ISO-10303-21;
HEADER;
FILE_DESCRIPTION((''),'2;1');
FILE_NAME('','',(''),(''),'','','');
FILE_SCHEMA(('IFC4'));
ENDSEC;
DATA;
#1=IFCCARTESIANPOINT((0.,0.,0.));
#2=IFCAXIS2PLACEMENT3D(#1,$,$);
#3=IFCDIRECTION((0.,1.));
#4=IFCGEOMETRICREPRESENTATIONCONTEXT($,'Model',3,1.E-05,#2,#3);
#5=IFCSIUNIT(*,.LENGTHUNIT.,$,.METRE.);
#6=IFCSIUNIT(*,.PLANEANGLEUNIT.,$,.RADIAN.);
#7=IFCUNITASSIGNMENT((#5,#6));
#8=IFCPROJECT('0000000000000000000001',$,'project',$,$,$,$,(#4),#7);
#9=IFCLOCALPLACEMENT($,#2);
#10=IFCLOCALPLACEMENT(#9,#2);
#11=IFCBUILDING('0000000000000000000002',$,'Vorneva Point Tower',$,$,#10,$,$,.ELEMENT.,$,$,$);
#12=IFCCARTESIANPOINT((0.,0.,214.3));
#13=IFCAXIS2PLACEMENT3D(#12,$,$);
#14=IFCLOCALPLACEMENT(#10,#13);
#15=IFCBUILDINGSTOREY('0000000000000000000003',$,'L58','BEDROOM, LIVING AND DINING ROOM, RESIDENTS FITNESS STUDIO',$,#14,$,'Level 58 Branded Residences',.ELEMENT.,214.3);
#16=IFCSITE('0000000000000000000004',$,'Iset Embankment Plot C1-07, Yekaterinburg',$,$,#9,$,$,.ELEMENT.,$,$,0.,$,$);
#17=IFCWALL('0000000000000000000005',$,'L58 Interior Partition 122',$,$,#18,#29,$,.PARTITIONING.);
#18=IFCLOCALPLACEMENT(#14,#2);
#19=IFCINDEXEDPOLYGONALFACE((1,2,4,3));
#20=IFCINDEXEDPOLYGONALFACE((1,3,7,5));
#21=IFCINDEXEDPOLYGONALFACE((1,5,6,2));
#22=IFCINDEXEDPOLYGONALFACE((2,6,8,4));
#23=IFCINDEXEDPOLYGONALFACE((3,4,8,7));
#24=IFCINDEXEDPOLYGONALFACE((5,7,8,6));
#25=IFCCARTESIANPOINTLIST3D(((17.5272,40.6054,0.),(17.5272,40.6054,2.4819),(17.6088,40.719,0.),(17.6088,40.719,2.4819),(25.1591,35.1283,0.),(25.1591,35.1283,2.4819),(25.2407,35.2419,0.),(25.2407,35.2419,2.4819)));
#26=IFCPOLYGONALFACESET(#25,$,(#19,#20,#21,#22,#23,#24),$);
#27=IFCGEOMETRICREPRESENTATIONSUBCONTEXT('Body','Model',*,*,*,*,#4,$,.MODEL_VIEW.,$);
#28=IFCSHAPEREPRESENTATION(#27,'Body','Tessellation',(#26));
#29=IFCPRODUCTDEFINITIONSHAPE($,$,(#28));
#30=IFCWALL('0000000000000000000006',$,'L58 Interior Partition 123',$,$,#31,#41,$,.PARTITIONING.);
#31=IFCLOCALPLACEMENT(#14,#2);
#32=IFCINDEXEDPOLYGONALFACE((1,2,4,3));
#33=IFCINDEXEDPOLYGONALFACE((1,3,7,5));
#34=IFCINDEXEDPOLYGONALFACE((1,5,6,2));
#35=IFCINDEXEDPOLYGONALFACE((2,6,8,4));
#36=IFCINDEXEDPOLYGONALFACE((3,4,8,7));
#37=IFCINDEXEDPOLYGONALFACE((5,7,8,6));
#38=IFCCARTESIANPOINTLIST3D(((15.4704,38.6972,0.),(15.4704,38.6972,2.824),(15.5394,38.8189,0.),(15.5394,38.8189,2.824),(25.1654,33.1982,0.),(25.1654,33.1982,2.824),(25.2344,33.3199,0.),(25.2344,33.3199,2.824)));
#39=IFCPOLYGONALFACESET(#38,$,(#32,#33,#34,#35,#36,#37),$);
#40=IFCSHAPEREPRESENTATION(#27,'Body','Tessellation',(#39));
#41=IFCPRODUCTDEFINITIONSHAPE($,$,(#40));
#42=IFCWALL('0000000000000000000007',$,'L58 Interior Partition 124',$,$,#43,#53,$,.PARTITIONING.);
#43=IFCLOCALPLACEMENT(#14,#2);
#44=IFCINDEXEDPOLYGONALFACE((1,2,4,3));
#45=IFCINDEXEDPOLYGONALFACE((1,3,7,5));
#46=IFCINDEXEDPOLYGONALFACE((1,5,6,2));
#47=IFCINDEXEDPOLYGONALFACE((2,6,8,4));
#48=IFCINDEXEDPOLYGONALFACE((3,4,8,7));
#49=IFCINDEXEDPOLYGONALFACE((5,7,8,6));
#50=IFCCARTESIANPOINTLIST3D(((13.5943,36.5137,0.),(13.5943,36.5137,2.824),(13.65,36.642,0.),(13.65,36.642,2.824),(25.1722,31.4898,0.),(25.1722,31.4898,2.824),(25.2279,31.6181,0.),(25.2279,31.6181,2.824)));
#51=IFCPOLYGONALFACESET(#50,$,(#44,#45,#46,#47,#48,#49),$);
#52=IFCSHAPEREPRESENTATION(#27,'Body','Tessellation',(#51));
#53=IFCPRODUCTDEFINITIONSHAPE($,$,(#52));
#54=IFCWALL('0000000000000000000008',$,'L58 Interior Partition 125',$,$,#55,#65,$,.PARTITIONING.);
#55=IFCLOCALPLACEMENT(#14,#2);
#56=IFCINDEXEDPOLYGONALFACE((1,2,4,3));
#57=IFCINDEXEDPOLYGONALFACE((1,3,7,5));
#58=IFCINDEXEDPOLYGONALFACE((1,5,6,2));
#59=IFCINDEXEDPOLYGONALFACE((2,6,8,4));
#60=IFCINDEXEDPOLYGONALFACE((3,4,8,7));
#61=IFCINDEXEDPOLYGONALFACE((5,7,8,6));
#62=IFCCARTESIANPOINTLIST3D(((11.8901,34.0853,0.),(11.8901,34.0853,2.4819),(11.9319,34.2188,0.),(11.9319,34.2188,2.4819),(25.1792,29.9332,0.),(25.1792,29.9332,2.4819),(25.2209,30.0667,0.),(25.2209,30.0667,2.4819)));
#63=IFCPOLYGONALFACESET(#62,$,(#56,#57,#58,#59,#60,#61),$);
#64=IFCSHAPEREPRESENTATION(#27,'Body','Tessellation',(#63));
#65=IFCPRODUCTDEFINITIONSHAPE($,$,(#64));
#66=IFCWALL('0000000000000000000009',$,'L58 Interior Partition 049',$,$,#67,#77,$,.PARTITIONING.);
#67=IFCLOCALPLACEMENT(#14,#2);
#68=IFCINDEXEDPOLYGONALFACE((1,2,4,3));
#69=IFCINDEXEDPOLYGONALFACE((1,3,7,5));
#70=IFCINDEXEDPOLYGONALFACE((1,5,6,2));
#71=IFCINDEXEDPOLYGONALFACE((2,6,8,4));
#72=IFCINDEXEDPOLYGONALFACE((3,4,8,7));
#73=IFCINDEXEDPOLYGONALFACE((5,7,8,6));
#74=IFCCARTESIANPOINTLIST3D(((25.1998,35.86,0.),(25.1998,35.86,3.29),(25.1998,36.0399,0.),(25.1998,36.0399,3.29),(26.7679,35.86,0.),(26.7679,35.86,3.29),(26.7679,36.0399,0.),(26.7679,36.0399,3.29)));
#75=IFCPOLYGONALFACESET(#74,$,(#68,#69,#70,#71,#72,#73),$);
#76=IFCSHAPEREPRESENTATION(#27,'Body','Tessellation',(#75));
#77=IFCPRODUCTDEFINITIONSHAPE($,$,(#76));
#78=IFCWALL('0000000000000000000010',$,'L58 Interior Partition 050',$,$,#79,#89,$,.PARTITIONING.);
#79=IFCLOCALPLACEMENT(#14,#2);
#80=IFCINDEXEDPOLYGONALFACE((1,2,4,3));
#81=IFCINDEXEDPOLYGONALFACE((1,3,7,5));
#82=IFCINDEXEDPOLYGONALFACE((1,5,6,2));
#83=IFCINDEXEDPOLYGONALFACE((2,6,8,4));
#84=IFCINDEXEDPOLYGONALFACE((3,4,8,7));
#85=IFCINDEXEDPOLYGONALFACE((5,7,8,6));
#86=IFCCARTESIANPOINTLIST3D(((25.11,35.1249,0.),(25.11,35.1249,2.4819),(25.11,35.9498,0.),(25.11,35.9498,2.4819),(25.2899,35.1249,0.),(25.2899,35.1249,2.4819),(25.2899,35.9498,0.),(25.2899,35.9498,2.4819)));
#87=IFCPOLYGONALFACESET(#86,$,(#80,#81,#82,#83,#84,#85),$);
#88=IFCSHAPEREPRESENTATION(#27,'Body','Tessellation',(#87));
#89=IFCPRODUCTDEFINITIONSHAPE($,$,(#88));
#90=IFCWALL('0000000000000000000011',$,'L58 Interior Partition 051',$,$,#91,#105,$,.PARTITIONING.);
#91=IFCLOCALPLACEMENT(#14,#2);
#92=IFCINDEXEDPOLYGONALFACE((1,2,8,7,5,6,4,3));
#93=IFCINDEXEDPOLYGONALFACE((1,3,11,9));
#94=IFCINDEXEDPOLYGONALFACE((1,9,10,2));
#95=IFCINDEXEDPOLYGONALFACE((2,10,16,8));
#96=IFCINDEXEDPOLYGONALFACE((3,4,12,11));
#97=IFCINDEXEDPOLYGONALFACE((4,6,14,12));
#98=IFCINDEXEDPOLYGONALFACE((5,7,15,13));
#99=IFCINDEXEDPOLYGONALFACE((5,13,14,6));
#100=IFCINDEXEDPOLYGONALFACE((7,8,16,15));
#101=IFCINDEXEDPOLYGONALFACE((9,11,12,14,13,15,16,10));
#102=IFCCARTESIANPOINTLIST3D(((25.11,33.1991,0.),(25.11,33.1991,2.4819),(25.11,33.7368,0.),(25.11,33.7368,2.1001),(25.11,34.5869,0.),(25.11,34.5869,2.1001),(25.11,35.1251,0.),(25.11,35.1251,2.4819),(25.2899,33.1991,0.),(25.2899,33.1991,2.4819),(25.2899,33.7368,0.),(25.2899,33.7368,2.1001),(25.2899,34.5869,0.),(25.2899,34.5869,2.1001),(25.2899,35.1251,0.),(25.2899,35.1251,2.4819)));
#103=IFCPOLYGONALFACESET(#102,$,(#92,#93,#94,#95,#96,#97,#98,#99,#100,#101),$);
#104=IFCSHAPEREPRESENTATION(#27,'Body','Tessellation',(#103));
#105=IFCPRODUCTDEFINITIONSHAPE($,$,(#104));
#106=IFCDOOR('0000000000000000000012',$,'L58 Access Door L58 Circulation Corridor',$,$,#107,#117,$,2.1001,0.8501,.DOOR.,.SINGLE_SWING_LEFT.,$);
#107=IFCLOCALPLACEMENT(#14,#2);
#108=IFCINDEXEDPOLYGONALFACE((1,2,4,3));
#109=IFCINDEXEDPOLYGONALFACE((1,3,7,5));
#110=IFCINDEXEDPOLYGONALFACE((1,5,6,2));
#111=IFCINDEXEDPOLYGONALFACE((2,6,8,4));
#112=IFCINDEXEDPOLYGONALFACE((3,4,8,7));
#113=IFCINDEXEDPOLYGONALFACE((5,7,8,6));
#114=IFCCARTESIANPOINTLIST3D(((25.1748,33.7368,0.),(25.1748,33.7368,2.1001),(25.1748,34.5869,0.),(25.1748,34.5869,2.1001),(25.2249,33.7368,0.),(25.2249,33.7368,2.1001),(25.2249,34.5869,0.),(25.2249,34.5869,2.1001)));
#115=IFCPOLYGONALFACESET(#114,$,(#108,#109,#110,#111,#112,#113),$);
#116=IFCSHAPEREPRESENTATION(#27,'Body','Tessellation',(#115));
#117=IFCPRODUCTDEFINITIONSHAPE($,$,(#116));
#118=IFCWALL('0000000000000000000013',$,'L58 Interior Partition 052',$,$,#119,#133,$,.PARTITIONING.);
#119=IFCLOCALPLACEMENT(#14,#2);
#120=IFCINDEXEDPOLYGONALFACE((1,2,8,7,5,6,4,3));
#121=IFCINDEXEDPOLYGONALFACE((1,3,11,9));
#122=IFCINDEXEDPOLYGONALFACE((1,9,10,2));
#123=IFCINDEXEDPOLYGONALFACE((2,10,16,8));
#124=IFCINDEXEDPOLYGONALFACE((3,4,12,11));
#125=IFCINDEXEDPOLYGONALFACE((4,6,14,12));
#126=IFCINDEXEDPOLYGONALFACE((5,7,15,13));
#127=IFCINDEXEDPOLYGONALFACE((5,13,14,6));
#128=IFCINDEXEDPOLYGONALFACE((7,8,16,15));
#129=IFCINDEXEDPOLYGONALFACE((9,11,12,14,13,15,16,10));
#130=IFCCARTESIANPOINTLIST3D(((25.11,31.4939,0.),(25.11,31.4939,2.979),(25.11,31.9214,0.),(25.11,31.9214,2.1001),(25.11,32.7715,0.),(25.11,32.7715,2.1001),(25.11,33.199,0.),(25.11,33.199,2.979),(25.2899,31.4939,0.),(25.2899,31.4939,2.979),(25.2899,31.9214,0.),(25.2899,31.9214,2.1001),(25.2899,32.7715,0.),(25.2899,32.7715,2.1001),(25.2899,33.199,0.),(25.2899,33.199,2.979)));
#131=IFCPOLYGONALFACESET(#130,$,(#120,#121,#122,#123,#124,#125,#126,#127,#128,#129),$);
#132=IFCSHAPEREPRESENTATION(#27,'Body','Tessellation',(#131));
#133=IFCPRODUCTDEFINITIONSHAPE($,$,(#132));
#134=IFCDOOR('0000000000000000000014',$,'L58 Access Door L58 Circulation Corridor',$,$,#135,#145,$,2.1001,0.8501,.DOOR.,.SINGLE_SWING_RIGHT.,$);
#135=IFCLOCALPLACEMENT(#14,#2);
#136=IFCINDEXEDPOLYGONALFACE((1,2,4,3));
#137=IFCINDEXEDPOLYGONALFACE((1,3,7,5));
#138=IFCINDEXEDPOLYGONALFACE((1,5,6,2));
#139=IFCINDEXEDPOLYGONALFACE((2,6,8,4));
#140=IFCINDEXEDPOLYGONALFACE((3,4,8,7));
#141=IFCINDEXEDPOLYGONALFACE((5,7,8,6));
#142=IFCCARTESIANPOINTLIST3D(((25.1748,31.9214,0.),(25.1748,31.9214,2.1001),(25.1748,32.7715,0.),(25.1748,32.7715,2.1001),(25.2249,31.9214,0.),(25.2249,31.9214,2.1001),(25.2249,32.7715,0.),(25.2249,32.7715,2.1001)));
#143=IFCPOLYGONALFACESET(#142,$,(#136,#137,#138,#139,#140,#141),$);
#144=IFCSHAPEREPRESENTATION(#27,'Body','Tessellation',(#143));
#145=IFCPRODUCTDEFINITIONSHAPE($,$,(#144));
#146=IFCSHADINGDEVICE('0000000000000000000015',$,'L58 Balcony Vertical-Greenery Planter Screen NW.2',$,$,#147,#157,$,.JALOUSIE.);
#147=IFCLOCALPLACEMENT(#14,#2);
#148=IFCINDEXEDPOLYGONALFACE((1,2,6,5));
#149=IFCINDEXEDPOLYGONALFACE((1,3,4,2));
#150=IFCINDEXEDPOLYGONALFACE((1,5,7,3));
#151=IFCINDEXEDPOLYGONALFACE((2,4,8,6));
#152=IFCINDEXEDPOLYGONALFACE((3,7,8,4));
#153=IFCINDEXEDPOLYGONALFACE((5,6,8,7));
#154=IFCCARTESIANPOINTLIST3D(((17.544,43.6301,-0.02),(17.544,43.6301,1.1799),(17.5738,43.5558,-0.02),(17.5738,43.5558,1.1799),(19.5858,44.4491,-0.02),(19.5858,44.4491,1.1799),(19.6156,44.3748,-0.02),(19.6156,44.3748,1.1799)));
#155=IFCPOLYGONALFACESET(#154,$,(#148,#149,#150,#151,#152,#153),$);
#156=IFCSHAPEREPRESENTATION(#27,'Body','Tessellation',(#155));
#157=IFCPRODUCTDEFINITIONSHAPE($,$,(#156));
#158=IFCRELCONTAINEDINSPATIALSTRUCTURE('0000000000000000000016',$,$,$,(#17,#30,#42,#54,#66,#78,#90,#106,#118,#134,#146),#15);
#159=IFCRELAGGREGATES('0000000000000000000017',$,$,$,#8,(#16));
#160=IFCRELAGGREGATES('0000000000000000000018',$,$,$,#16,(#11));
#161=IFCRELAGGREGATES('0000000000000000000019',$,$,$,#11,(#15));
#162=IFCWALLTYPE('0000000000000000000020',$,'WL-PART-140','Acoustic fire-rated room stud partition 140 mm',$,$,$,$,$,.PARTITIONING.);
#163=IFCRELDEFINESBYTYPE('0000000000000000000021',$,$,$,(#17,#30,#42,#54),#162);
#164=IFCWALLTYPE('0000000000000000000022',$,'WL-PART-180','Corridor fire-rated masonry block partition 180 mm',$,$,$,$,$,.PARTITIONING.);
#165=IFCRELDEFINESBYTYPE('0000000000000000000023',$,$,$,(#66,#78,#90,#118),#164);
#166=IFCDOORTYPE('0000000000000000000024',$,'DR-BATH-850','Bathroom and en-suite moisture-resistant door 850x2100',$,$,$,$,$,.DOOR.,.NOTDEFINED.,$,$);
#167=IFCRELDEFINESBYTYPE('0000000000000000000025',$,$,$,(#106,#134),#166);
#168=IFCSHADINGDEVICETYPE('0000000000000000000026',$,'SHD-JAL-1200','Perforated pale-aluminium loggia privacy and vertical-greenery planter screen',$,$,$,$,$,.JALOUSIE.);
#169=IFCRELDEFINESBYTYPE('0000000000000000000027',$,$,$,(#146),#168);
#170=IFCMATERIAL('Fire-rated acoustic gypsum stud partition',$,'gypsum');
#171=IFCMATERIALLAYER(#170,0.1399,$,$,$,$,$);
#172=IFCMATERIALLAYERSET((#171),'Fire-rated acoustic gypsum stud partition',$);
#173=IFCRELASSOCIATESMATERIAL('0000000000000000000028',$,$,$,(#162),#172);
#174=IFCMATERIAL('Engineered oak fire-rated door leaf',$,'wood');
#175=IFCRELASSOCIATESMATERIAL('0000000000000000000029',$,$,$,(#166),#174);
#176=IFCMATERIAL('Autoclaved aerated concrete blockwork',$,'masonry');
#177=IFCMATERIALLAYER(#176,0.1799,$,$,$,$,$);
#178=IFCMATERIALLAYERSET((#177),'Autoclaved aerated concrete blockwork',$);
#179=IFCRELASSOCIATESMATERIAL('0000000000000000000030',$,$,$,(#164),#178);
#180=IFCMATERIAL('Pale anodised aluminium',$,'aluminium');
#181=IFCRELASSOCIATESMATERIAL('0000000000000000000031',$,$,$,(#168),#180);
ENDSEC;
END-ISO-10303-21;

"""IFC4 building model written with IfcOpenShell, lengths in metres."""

from ifc_helpers import new_model, si_unit, direction, frame, frame_2d, origin, origin_2d, place, context, subcontext, project, spatial, rectangle, extrude, material, layer, layer_set, type_object, element, fill, save


model = new_model("IFC4")

# Units and contexts
model_context = context("Model", 3, precision=1e-05, world=origin(), true_north=direction((0.0, 1.0)))
body_context = subcontext(model_context, "Body", "Model", "MODEL_VIEW")
ifc_project = project(units=[si_unit("LENGTHUNIT", "METRE"), si_unit("PLANEANGLEUNIT", "RADIAN")], contexts=[model_context])

# Site, building, storey
site_placement = place(None, origin())
site = spatial("IfcSite", under=ifc_project, at=site_placement, Name="Iset Embankment Plot C1-07, Yekaterinburg", CompositionType="ELEMENT", RefElevation=0.0)
building_placement = place(site_placement, origin())
building = spatial("IfcBuilding", under=site, at=building_placement, Name="Vorneva Point Tower", CompositionType="ELEMENT")
storey_placement = place(building_placement, frame((0.0, 0.0, 214.3)))
storey = spatial("IfcBuildingStorey", under=building, at=storey_placement, Name="L58", Description="BEDROOM, LIVING AND DINING ROOM, RESIDENTS FITNESS STUDIO", LongName="Level 58 Branded Residences", CompositionType="ELEMENT", Elevation=214.3)

# Shared definitions
ifc_material_1 = material(Name="Pale anodised aluminium", Category="aluminium")

# Shared definitions
ifc_material_2 = material(Name="Fire-rated acoustic gypsum stud partition", Category="gypsum")
ifc_layer_1 = layer(ifc_material_2, 0.1399)
ifc_layer_set_1 = layer_set([ifc_layer_1], Name="Fire-rated acoustic gypsum stud partition")
wall_type_1 = type_object("IfcWallType", Name="WL-PART-140", Description="Acoustic fire-rated room stud partition 140 mm", PredefinedType="PARTITIONING", material=ifc_layer_set_1)

# Shared definitions
ifc_material_3 = material(Name="Engineered oak fire-rated door leaf", Category="wood")
door_type = type_object("IfcDoorType", Name="DR-BATH-850", Description="Bathroom and en-suite moisture-resistant door 850x2100", OperationType="NOTDEFINED", PredefinedType="DOOR", material=ifc_material_3)

# Walls
wall_1_placement = place(storey_placement, frame((17.5681, 40.6621, 0.0), z_axis=(0.0, 0.0, 1.0), x_axis=(0.812435, -0.583051, 0.0)))
element("IfcWall", 1, at=wall_1_placement, inside=storey, type_object=wall_type_1, Name="L58 Interior Partition 122", PredefinedType="PARTITIONING", context=body_context, shape_type="SweptSolid", body=[
    extrude(rectangle(XDim=9.3938, YDim=0.1399, at=frame_2d((4.6968, 0.0))), origin(), (0.0, 0.0, 1.0), 2.4819),
])
wall_2_placement = place(storey_placement, frame((15.5049, 38.7581, 0.0), z_axis=(0.0, 0.0, 1.0), x_axis=(0.869824, -0.493362, 0.0)))
element("IfcWall", 2, at=wall_2_placement, inside=storey, type_object=wall_type_1, Name="L58 Interior Partition 123", PredefinedType="PARTITIONING", context=body_context, shape_type="SweptSolid", body=[
    extrude(rectangle(XDim=11.146, YDim=0.1399, at=frame_2d((5.573, 0.0))), origin(), (0.0, 0.0, 1.0), 2.824),
])
wall_3_placement = place(storey_placement, frame((13.6221, 36.5779, 0.0), z_axis=(0.0, 0.0, 1.0), x_axis=(0.917358, -0.398064, 0.0)))
element("IfcWall", 3, at=wall_3_placement, inside=storey, type_object=wall_type_1, Name="L58 Interior Partition 124", PredefinedType="PARTITIONING", context=body_context, shape_type="SweptSolid", body=[
    extrude(rectangle(XDim=12.6208, YDim=0.1399, at=frame_2d((6.3105, 0.0))), origin(), (0.0, 0.0, 1.0), 2.824),
])
wall_4_placement = place(storey_placement, frame((11.9109, 34.1521, 0.0), z_axis=(0.0, 0.0, 1.0), x_axis=(0.954495, -0.298227, 0.0)))
element("IfcWall", 4, at=wall_4_placement, inside=storey, type_object=wall_type_1, Name="L58 Interior Partition 125", PredefinedType="PARTITIONING", context=body_context, shape_type="SweptSolid", body=[
    extrude(rectangle(XDim=13.9226, YDim=0.1399, at=frame_2d((6.9614, 0.0))), origin(), (0.0, 0.0, 1.0), 2.4819),
])
ifc_material_4 = material(Name="Autoclaved aerated concrete blockwork", Category="masonry")
ifc_layer_2 = layer(ifc_material_4, 0.1799)
ifc_layer_set_2 = layer_set([ifc_layer_2], Name="Autoclaved aerated concrete blockwork")
wall_type_2 = type_object("IfcWallType", Name="WL-PART-180", Description="Corridor fire-rated masonry block partition 180 mm", PredefinedType="PARTITIONING", material=ifc_layer_set_2)
wall_5_placement = place(storey_placement, frame((26.7681, 35.95, 0.0), z_axis=(0.0, 0.0, 1.0), x_axis=(-1.0, 0.0, 0.0)))
element("IfcWall", 5, at=wall_5_placement, inside=storey, type_object=wall_type_2, Name="L58 Interior Partition 049", PredefinedType="PARTITIONING", context=body_context, shape_type="SweptSolid", body=[
    extrude(rectangle(XDim=1.5681, YDim=0.1799, at=frame_2d((0.7842, 0.0))), origin(), (0.0, 0.0, 1.0), 3.29),
])
wall_6_placement = place(storey_placement, frame((25.2, 35.95, 0.0), z_axis=(0.0, 0.0, 1.0), x_axis=(0.0, -1.0, 0.0)))
element("IfcWall", 6, at=wall_6_placement, inside=storey, type_object=wall_type_2, Name="L58 Interior Partition 050", PredefinedType="PARTITIONING", context=body_context, shape_type="SweptSolid", body=[
    extrude(rectangle(XDim=0.825, YDim=0.1799, at=frame_2d((0.4126, 0.0))), origin(), (0.0, 0.0, 1.0), 2.4819),
])

# Walls, openings, doors
wall_7_placement = place(storey_placement, frame((25.2, 35.125, 0.0), z_axis=(0.0, 0.0, 1.0), x_axis=(0.0, -1.0, 0.0)))
wall_7 = element("IfcWall", 7, at=wall_7_placement, inside=storey, type_object=wall_type_2, Name="L58 Interior Partition 051", PredefinedType="PARTITIONING", context=body_context, shape_type="SweptSolid", body=[
    extrude(rectangle(XDim=1.926, YDim=0.1799, at=frame_2d((0.9629, 0.0))), origin(), (0.0, 0.0, 1.0), 2.4819),
])
opening_1_placement = place(wall_7_placement, frame((0.5381, 0.0, 0.0)))
opening_1 = element("IfcOpeningElement", 8, at=opening_1_placement, cuts=wall_7, PredefinedType="OPENING", context=body_context, shape_type="SweptSolid", body=[
    extrude(rectangle(XDim=0.8501, YDim=2.1001, at=frame_2d((0.425, 1.05))), frame((0.0, 0.105, 0.0), z_axis=(0.0, -1.0, 0.0), x_axis=(1.0, 0.0, 0.0)), (0.0, 0.0, 1.0), 0.2097),
])
door_1_placement = place(opening_1_placement, origin())
door_1 = element("IfcDoor", 9, at=door_1_placement, inside=storey, type_object=door_type, Name="L58 Access Door L58 Circulation Corridor", OperationType="SINGLE_SWING_LEFT", OverallHeight=2.1001, OverallWidth=0.8501, PredefinedType="DOOR", context=body_context, shape_type="SweptSolid", body=[
    extrude(rectangle(XDim=0.8501, YDim=2.1001, at=frame_2d((0.425, 1.05))), frame((0.0, 0.0249, 0.0), z_axis=(0.0, -1.0, 0.0), x_axis=(1.0, 0.0, 0.0)), (0.0, 0.0, 1.0), 0.05),
])
fill(opening_1, door_1)
wall_8_placement = place(storey_placement, frame((25.2, 33.199, 0.0), z_axis=(0.0, 0.0, 1.0), x_axis=(0.0, -1.0, 0.0)))
wall_8 = element("IfcWall", 10, at=wall_8_placement, inside=storey, type_object=wall_type_2, Name="L58 Interior Partition 052", PredefinedType="PARTITIONING", context=body_context, shape_type="SweptSolid", body=[
    extrude(rectangle(XDim=1.7051, YDim=0.1799, at=frame_2d((0.8525, 0.0))), origin(), (0.0, 0.0, 1.0), 2.979),
])
opening_2_placement = place(wall_8_placement, frame((0.4275, 0.0, 0.0)))
opening_2 = element("IfcOpeningElement", 11, at=opening_2_placement, cuts=wall_8, PredefinedType="OPENING", context=body_context, shape_type="SweptSolid", body=[
    extrude(rectangle(XDim=0.8501, YDim=2.1001, at=frame_2d((0.425, 1.05))), frame((0.0, 0.105, 0.0), z_axis=(0.0, -1.0, 0.0), x_axis=(1.0, 0.0, 0.0)), (0.0, 0.0, 1.0), 0.2097),
])
door_2_placement = place(opening_2_placement, origin())
door_2 = element("IfcDoor", 12, at=door_2_placement, inside=storey, type_object=door_type, Name="L58 Access Door L58 Circulation Corridor", OperationType="SINGLE_SWING_RIGHT", OverallHeight=2.1001, OverallWidth=0.8501, PredefinedType="DOOR", context=body_context, shape_type="SweptSolid", body=[
    extrude(rectangle(XDim=0.8501, YDim=2.1001, at=frame_2d((0.425, 1.05))), frame((0.0, 0.0249, 0.0), z_axis=(0.0, -1.0, 0.0), x_axis=(1.0, 0.0, 0.0)), (0.0, 0.0, 1.0), 0.05),
])
fill(opening_2, door_2)

# Shading device
shading_device_type = type_object("IfcShadingDeviceType", Name="SHD-JAL-1200", Description="Perforated pale-aluminium loggia privacy and vertical-greenery planter screen", PredefinedType="JALOUSIE", material=ifc_material_1)
shading_device_placement = place(storey_placement, frame((18.5798, 44.0024, -0.02), z_axis=(0.0, 0.0, 1.0), x_axis=(-0.928109, -0.372308, 0.0)))
element("IfcShadingDevice", 13, at=shading_device_placement, inside=storey, type_object=shading_device_type, Name="L58 Balcony Vertical-Greenery Planter Screen NW.2", PredefinedType="JALOUSIE", context=body_context, shape_type="SweptSolid", body=[
    extrude(rectangle(XDim=2.2, YDim=0.0801, at=origin_2d()), origin(), (0.0, 0.0, 1.0), 1.2),
])

save(model, "model.ifc")
